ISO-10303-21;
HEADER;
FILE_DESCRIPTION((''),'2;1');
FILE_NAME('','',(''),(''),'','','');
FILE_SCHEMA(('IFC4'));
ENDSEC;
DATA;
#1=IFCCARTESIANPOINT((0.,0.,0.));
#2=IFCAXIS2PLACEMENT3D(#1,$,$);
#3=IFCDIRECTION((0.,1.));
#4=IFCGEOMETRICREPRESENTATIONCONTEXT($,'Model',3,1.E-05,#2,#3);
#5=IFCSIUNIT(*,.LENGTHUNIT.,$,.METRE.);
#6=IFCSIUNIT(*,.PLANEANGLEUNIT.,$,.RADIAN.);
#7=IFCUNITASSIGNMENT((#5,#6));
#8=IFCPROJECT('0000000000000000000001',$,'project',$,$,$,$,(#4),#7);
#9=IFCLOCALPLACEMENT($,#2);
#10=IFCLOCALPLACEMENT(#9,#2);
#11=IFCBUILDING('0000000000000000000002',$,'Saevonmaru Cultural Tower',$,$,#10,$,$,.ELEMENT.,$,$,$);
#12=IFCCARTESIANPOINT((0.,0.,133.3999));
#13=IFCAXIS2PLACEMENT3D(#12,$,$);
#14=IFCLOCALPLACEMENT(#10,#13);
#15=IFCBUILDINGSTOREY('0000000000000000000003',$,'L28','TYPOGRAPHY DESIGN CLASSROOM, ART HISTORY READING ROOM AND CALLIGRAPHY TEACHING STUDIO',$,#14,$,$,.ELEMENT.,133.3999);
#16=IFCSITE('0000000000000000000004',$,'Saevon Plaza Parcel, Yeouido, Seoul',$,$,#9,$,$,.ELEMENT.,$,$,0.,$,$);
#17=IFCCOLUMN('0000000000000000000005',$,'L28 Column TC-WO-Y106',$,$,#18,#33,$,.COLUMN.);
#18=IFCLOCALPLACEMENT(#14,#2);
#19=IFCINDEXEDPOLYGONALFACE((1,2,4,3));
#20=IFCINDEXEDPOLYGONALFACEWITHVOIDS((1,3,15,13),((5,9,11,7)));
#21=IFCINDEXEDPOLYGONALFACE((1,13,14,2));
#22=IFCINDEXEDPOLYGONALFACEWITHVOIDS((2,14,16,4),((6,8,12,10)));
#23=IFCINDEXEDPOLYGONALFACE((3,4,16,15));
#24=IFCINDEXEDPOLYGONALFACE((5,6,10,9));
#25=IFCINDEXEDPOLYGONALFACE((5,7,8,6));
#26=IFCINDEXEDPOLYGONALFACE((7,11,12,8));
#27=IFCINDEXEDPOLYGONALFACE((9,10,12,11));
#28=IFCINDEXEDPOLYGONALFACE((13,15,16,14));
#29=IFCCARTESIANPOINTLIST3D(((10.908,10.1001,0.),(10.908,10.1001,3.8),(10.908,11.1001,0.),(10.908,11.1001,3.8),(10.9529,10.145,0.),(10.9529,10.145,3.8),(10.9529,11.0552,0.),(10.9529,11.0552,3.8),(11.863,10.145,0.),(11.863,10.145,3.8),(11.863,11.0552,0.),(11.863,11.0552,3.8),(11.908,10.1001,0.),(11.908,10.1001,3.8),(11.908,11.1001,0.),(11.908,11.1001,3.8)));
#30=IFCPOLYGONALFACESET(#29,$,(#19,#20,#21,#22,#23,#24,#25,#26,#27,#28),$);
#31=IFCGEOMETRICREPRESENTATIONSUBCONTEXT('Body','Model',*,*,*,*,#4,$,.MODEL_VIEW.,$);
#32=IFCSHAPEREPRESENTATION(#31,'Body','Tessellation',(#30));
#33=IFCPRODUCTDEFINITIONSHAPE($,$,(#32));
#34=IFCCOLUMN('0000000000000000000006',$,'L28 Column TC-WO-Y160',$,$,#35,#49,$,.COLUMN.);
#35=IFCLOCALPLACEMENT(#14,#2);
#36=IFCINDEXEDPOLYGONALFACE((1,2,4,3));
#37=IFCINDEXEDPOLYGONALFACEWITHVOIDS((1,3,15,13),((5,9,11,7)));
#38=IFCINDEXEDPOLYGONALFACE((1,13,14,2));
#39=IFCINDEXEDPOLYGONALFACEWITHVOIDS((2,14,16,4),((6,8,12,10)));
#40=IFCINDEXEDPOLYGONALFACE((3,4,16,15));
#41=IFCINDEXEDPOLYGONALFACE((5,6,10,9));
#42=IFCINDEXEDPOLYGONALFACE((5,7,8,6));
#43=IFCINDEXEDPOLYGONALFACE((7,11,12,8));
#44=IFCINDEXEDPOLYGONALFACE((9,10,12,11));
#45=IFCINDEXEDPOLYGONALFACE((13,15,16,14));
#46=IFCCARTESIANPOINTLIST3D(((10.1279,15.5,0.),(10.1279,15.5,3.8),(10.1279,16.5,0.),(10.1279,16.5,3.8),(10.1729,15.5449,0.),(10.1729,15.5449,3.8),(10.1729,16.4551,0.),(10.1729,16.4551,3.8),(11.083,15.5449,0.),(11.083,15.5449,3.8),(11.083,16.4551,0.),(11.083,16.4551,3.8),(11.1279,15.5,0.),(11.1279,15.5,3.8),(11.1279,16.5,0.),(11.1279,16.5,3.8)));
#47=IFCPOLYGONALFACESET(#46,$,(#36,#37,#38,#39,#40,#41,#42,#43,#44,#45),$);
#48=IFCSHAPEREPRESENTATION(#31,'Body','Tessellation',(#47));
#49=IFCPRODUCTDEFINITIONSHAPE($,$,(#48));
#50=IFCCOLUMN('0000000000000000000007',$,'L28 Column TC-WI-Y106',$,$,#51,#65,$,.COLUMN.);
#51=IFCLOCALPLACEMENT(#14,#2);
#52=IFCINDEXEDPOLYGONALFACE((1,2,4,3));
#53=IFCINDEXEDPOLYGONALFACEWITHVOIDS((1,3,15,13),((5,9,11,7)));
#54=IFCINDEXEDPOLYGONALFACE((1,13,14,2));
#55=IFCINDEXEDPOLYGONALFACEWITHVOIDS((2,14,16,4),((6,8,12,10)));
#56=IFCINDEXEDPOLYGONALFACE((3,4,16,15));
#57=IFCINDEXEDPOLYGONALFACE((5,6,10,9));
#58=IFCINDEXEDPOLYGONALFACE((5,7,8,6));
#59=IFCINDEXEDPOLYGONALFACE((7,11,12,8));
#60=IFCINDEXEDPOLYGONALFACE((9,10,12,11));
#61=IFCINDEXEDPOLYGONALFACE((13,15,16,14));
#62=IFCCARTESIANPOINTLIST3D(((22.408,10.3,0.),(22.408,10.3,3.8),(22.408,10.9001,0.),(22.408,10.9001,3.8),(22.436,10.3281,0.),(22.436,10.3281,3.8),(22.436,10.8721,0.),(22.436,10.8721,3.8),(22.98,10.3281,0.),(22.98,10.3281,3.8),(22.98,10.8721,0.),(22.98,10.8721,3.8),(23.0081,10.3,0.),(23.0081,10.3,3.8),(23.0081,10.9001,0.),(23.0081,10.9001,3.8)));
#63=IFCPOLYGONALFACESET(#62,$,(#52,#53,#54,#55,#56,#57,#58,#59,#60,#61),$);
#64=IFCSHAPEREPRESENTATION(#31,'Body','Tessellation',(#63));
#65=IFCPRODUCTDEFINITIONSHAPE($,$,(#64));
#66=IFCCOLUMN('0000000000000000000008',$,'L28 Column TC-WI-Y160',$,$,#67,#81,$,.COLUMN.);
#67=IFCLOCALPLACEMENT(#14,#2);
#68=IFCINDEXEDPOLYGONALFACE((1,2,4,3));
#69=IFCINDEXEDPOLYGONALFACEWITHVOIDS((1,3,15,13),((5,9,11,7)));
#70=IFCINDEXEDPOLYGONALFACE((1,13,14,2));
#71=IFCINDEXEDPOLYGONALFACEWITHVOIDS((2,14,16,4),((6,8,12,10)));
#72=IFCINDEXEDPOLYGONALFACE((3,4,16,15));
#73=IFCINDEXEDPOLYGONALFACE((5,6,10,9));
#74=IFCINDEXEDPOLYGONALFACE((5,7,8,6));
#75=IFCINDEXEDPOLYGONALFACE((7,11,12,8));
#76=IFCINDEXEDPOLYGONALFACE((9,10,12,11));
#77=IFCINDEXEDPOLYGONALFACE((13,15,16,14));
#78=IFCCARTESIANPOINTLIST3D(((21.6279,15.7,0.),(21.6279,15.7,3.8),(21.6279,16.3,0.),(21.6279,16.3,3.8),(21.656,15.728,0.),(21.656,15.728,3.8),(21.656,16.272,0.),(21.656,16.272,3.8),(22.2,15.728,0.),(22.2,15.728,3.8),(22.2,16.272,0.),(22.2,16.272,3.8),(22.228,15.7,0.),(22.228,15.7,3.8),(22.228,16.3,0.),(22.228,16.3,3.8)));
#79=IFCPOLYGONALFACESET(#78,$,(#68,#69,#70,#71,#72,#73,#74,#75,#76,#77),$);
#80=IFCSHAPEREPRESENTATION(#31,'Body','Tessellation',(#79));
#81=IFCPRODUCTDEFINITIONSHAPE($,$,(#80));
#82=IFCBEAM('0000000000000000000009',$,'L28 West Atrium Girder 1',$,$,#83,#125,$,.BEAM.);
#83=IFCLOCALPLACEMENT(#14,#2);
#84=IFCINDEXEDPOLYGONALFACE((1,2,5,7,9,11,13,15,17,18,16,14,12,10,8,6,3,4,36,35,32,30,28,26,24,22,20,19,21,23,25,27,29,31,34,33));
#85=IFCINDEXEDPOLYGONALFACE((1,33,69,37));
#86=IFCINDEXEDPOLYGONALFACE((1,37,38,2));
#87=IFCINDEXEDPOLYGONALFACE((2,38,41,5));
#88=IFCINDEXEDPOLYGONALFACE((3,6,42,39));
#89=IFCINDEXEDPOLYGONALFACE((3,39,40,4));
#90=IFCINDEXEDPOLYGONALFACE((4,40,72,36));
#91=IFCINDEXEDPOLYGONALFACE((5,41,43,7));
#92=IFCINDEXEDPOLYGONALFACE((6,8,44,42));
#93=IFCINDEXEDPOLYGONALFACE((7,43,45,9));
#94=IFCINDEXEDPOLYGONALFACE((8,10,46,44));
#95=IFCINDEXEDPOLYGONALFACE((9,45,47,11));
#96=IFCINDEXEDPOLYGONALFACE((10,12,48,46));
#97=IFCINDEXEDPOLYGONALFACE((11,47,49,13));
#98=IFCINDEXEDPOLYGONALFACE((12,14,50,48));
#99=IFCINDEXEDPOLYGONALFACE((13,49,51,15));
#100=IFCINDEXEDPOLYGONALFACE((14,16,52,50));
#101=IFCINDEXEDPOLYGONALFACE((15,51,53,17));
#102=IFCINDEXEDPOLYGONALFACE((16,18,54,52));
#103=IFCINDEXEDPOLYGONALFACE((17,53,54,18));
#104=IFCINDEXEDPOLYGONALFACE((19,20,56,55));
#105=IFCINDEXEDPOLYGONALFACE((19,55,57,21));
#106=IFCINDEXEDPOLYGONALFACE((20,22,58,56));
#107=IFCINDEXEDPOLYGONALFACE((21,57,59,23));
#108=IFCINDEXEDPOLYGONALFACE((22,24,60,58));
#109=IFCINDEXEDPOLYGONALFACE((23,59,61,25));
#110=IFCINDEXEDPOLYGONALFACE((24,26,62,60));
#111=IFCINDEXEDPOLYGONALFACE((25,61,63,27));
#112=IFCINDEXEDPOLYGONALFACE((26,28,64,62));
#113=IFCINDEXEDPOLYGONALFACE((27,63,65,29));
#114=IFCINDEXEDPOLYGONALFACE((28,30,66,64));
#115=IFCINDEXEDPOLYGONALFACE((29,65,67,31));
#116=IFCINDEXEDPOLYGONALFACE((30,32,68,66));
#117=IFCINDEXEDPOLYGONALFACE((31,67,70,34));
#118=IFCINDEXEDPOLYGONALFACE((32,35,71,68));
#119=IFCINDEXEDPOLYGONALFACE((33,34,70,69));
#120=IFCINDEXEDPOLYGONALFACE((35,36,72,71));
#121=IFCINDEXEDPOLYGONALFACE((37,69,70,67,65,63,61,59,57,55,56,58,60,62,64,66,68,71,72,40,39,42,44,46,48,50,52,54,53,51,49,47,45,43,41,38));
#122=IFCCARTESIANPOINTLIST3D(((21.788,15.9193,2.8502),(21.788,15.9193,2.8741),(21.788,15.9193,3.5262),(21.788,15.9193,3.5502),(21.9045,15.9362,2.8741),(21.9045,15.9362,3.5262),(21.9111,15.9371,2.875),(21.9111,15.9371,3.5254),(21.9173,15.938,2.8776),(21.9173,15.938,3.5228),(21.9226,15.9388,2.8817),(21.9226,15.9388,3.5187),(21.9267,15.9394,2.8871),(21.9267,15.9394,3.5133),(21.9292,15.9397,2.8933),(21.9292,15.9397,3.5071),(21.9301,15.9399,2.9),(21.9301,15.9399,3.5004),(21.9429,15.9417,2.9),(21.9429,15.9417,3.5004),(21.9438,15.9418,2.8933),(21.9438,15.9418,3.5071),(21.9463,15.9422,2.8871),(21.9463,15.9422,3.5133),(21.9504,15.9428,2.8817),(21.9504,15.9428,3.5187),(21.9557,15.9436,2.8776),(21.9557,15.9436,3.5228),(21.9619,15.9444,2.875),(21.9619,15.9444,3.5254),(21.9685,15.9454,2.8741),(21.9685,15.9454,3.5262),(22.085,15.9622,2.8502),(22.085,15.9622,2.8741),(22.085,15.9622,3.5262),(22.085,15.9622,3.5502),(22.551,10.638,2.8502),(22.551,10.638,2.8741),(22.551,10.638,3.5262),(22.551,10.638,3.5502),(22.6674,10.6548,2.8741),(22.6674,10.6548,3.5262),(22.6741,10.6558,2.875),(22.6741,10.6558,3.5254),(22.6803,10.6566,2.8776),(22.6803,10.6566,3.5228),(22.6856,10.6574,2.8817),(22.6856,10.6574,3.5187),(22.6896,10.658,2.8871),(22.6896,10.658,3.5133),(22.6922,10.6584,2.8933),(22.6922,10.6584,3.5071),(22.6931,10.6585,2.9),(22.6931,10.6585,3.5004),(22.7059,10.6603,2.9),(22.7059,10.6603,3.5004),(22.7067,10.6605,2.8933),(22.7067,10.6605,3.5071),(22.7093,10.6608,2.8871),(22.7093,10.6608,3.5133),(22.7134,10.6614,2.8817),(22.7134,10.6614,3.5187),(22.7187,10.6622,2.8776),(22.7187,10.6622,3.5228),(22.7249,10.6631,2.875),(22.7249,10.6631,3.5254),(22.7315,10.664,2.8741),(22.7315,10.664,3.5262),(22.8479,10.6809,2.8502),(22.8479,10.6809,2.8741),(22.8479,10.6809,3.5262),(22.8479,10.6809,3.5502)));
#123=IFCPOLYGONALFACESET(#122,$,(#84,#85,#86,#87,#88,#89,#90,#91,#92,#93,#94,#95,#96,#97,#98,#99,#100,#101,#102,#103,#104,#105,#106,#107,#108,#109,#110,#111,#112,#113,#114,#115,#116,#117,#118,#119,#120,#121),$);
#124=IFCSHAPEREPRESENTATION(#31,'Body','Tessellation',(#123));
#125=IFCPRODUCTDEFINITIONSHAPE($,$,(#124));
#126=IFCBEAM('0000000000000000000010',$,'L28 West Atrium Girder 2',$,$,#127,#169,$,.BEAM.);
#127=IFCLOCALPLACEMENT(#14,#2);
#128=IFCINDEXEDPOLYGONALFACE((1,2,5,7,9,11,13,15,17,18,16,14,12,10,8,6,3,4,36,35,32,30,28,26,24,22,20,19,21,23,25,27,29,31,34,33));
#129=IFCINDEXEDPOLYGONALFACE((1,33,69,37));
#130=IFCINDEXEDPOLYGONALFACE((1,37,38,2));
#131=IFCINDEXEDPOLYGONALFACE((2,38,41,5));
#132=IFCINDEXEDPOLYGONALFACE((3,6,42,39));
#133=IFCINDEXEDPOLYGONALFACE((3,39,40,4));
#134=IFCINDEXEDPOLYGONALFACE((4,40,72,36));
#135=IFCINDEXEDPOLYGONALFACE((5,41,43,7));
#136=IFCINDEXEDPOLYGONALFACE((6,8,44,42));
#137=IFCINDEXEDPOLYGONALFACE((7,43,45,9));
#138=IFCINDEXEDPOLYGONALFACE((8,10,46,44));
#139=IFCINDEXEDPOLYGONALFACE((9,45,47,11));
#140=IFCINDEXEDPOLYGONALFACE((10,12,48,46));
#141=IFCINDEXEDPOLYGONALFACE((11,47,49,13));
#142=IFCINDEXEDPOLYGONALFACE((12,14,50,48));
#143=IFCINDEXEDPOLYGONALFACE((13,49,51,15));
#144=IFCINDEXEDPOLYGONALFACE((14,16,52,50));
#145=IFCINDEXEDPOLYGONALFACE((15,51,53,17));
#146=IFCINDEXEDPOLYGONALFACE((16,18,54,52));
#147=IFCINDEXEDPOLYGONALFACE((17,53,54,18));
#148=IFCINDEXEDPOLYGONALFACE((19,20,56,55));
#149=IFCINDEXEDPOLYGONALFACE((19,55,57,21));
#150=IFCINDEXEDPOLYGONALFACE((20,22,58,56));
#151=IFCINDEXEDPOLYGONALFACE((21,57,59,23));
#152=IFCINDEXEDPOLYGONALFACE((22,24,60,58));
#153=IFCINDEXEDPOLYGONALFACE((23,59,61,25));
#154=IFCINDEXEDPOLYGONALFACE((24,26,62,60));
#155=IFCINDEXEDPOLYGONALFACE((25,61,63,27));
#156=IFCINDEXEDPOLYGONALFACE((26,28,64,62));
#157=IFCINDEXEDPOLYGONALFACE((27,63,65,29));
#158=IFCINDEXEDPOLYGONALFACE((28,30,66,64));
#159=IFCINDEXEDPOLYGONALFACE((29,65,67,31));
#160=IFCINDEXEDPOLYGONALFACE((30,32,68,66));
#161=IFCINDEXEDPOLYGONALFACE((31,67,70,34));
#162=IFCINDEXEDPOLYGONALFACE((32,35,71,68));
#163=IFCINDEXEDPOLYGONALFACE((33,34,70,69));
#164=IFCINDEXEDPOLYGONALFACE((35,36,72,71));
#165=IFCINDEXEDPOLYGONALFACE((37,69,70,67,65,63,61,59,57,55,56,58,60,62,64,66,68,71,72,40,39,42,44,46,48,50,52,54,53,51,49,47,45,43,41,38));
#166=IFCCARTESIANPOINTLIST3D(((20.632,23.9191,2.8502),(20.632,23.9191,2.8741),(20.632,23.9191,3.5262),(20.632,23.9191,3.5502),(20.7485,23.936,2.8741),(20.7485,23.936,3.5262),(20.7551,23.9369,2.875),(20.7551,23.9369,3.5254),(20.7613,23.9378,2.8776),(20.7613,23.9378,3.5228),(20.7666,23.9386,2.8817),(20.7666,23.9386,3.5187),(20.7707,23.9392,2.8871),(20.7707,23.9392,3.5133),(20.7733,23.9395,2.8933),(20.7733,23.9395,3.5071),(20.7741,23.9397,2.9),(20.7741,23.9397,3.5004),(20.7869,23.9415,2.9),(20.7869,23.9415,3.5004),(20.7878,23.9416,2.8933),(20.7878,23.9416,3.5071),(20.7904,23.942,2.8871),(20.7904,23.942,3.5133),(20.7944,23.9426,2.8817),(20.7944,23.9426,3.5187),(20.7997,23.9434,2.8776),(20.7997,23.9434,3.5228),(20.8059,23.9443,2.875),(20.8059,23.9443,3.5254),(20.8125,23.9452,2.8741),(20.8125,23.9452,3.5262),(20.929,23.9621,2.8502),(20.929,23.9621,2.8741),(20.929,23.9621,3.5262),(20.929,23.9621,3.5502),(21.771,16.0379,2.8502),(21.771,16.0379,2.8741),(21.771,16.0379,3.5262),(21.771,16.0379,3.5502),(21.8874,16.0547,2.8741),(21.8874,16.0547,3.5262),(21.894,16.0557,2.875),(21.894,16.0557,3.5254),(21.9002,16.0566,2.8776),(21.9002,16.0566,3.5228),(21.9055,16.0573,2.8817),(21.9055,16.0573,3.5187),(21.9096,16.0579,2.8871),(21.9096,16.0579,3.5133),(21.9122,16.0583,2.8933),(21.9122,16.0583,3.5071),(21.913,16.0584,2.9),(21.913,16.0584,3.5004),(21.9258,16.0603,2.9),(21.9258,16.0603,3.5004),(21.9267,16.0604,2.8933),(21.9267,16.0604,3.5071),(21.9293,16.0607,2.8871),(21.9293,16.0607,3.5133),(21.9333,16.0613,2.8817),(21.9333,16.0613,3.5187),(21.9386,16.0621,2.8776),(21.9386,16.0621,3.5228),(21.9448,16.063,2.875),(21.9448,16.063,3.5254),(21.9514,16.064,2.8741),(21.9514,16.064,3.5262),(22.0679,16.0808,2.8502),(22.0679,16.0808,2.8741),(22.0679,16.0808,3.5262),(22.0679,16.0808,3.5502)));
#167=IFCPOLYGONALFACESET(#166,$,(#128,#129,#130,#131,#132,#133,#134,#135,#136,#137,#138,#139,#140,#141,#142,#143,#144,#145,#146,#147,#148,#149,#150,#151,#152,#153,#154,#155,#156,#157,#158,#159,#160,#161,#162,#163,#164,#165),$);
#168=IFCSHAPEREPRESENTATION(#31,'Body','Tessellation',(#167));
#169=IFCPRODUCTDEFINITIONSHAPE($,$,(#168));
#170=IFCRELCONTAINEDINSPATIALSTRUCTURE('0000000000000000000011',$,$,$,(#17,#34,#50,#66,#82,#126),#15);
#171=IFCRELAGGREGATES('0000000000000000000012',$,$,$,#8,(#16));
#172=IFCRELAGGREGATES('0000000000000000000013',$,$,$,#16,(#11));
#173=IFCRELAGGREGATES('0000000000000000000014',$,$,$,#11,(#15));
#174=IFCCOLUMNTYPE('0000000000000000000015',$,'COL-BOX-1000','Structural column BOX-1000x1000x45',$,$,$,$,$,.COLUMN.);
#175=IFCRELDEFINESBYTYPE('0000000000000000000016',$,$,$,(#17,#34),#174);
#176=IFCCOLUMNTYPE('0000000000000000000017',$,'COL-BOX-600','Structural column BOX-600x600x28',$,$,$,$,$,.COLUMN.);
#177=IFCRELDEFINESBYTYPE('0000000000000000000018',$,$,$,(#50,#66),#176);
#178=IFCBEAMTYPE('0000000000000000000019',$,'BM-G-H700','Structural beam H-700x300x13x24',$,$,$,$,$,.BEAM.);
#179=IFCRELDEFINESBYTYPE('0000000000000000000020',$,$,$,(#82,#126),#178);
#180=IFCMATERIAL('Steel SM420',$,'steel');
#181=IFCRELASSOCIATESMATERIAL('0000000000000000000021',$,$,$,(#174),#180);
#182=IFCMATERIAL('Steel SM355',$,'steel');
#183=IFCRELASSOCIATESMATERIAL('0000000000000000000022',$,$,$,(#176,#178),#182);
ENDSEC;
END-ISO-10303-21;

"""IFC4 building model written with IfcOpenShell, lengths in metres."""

from ifc_helpers import new_model, si_unit, direction, frame, origin, origin_2d, place, context, subcontext, project, spatial, hollow_rectangle, i_section, extrude, material, material_profile, profile_set, type_object, element, save


model = new_model("IFC4")

# Units and contexts
model_context = context("Model", 3, precision=1e-05, world=origin(), true_north=direction((0.0, 1.0)))
body_context = subcontext(model_context, "Body", "Model", "MODEL_VIEW")
ifc_project = project(units=[si_unit("LENGTHUNIT", "METRE"), si_unit("PLANEANGLEUNIT", "RADIAN")], contexts=[model_context])

# Site, building, storey
site_placement = place(None, origin())
site = spatial("IfcSite", under=ifc_project, at=site_placement, Name="Saevon Plaza Parcel, Yeouido, Seoul", CompositionType="ELEMENT", RefElevation=0.0)
building_placement = place(site_placement, origin())
building = spatial("IfcBuilding", under=site, at=building_placement, Name="Saevonmaru Cultural Tower", CompositionType="ELEMENT")
storey_placement = place(building_placement, frame((0.0, 0.0, 133.3999)))
storey = spatial("IfcBuildingStorey", under=building, at=storey_placement, Name="L28", Description="TYPOGRAPHY DESIGN CLASSROOM, ART HISTORY READING ROOM AND CALLIGRAPHY TEACHING STUDIO", CompositionType="ELEMENT", Elevation=133.3999)

# Columns
ifc_material_1 = material(Name="Steel SM420", Category="steel")
ifc_material_profile_1 = material_profile(ifc_material_1, hollow_rectangle(XDim=1.0, YDim=1.0, WallThickness=0.0449, at=origin_2d()), Name="BOX-1000x1000x45")
ifc_profile_set_1 = profile_set([ifc_material_profile_1], Name="Steel SM420")
column_type_1 = type_object("IfcColumnType", Name="COL-BOX-1000", Description="Structural column BOX-1000x1000x45", PredefinedType="COLUMN", material=ifc_profile_set_1)
for number, where, z_axis, x_axis, name in (
    (1, (11.408, 10.6001, 0.0), (0.0, 0.0, 1.0), (1.0, 0.0, 0.0), "L28 Column TC-WO-Y106"),
    (2, (10.6279, 16.0, 0.0), (0.0, 0.0, 1.0), (1.0, 0.0, 0.0), "L28 Column TC-WO-Y160"),
):
    element("IfcColumn", number, at=place(storey_placement, frame(where, z_axis=z_axis, x_axis=x_axis)), inside=storey, type_object=column_type_1, Name=name, PredefinedType="COLUMN", context=body_context, shape_type="SweptSolid", body=[
        extrude(hollow_rectangle(XDim=1.0, YDim=1.0, WallThickness=0.0449, at=origin_2d()), origin(), (0.0, 0.0, 1.0), 3.8),
    ])
ifc_material_2 = material(Name="Steel SM355", Category="steel")
ifc_material_profile_2 = material_profile(ifc_material_2, hollow_rectangle(XDim=0.6001, YDim=0.6001, WallThickness=0.0281, at=origin_2d()), Name="BOX-600x600x28")
ifc_profile_set_2 = profile_set([ifc_material_profile_2], Name="Steel SM355")
column_type_2 = type_object("IfcColumnType", Name="COL-BOX-600", Description="Structural column BOX-600x600x28", PredefinedType="COLUMN", material=ifc_profile_set_2)
for number, where, z_axis, x_axis, name in (
    (3, (22.708, 10.6001, 0.0), (0.0, 0.0, 1.0), (1.0, 0.0, 0.0), "L28 Column TC-WI-Y106"),
    (4, (21.928, 16.0, 0.0), (0.0, 0.0, 1.0), (1.0, 0.0, 0.0), "L28 Column TC-WI-Y160"),
):
    element("IfcColumn", number, at=place(storey_placement, frame(where, z_axis=z_axis, x_axis=x_axis)), inside=storey, type_object=column_type_2, Name=name, PredefinedType="COLUMN", context=body_context, shape_type="SweptSolid", body=[
        extrude(hollow_rectangle(XDim=0.6001, YDim=0.6001, WallThickness=0.0281, at=origin_2d()), origin(), (0.0, 0.0, 1.0), 3.8),
    ])

# Beams
ifc_material_profile_3 = material_profile(ifc_material_2, i_section(OverallWidth=0.3, OverallDepth=0.7, WebThickness=0.0129, FlangeThickness=0.0239, FilletRadius=0.0259, at=origin_2d()), Name="H-700x300x13x24")
ifc_profile_set_3 = profile_set([ifc_material_profile_3], Name="Steel SM355")
beam_type_1 = type_object("IfcBeamType", Name="BM-G-H700", Description="Structural beam H-700x300x13x24", PredefinedType="BEAM", material=ifc_profile_set_3)
beam_1_placement = place(storey_placement, frame((22.6995, 10.6594, 3.2002), z_axis=(-0.142978, 0.989726, 0.0), x_axis=(-0.989726, -0.142978, 0.0)))
element("IfcBeam", 5, at=beam_1_placement, inside=storey, type_object=beam_type_1, Name="L28 West Atrium Girder 1", PredefinedType="BEAM", context=body_context, shape_type="SweptSolid", body=[
    extrude(i_section(OverallWidth=0.3, OverallDepth=0.7, WebThickness=0.0129, FlangeThickness=0.0239, FilletRadius=0.0259, at=origin_2d()), origin(), (0.0, 0.0, 1.0), 5.3362),
])
beam_2_placement = place(storey_placement, frame((21.9194, 16.0593, 3.2002), z_axis=(-0.143022, 0.989719, 0.0), x_axis=(-0.989719, -0.143022, 0.0)))
element("IfcBeam", 6, at=beam_2_placement, inside=storey, type_object=beam_type_1, Name="L28 West Atrium Girder 2", PredefinedType="BEAM", context=body_context, shape_type="SweptSolid", body=[
    extrude(i_section(OverallWidth=0.3, OverallDepth=0.7, WebThickness=0.0129, FlangeThickness=0.0239, FilletRadius=0.0259, at=origin_2d()), origin(), (0.0, 0.0, 1.0), 7.9631),
])

save(model, "model.ifc")
